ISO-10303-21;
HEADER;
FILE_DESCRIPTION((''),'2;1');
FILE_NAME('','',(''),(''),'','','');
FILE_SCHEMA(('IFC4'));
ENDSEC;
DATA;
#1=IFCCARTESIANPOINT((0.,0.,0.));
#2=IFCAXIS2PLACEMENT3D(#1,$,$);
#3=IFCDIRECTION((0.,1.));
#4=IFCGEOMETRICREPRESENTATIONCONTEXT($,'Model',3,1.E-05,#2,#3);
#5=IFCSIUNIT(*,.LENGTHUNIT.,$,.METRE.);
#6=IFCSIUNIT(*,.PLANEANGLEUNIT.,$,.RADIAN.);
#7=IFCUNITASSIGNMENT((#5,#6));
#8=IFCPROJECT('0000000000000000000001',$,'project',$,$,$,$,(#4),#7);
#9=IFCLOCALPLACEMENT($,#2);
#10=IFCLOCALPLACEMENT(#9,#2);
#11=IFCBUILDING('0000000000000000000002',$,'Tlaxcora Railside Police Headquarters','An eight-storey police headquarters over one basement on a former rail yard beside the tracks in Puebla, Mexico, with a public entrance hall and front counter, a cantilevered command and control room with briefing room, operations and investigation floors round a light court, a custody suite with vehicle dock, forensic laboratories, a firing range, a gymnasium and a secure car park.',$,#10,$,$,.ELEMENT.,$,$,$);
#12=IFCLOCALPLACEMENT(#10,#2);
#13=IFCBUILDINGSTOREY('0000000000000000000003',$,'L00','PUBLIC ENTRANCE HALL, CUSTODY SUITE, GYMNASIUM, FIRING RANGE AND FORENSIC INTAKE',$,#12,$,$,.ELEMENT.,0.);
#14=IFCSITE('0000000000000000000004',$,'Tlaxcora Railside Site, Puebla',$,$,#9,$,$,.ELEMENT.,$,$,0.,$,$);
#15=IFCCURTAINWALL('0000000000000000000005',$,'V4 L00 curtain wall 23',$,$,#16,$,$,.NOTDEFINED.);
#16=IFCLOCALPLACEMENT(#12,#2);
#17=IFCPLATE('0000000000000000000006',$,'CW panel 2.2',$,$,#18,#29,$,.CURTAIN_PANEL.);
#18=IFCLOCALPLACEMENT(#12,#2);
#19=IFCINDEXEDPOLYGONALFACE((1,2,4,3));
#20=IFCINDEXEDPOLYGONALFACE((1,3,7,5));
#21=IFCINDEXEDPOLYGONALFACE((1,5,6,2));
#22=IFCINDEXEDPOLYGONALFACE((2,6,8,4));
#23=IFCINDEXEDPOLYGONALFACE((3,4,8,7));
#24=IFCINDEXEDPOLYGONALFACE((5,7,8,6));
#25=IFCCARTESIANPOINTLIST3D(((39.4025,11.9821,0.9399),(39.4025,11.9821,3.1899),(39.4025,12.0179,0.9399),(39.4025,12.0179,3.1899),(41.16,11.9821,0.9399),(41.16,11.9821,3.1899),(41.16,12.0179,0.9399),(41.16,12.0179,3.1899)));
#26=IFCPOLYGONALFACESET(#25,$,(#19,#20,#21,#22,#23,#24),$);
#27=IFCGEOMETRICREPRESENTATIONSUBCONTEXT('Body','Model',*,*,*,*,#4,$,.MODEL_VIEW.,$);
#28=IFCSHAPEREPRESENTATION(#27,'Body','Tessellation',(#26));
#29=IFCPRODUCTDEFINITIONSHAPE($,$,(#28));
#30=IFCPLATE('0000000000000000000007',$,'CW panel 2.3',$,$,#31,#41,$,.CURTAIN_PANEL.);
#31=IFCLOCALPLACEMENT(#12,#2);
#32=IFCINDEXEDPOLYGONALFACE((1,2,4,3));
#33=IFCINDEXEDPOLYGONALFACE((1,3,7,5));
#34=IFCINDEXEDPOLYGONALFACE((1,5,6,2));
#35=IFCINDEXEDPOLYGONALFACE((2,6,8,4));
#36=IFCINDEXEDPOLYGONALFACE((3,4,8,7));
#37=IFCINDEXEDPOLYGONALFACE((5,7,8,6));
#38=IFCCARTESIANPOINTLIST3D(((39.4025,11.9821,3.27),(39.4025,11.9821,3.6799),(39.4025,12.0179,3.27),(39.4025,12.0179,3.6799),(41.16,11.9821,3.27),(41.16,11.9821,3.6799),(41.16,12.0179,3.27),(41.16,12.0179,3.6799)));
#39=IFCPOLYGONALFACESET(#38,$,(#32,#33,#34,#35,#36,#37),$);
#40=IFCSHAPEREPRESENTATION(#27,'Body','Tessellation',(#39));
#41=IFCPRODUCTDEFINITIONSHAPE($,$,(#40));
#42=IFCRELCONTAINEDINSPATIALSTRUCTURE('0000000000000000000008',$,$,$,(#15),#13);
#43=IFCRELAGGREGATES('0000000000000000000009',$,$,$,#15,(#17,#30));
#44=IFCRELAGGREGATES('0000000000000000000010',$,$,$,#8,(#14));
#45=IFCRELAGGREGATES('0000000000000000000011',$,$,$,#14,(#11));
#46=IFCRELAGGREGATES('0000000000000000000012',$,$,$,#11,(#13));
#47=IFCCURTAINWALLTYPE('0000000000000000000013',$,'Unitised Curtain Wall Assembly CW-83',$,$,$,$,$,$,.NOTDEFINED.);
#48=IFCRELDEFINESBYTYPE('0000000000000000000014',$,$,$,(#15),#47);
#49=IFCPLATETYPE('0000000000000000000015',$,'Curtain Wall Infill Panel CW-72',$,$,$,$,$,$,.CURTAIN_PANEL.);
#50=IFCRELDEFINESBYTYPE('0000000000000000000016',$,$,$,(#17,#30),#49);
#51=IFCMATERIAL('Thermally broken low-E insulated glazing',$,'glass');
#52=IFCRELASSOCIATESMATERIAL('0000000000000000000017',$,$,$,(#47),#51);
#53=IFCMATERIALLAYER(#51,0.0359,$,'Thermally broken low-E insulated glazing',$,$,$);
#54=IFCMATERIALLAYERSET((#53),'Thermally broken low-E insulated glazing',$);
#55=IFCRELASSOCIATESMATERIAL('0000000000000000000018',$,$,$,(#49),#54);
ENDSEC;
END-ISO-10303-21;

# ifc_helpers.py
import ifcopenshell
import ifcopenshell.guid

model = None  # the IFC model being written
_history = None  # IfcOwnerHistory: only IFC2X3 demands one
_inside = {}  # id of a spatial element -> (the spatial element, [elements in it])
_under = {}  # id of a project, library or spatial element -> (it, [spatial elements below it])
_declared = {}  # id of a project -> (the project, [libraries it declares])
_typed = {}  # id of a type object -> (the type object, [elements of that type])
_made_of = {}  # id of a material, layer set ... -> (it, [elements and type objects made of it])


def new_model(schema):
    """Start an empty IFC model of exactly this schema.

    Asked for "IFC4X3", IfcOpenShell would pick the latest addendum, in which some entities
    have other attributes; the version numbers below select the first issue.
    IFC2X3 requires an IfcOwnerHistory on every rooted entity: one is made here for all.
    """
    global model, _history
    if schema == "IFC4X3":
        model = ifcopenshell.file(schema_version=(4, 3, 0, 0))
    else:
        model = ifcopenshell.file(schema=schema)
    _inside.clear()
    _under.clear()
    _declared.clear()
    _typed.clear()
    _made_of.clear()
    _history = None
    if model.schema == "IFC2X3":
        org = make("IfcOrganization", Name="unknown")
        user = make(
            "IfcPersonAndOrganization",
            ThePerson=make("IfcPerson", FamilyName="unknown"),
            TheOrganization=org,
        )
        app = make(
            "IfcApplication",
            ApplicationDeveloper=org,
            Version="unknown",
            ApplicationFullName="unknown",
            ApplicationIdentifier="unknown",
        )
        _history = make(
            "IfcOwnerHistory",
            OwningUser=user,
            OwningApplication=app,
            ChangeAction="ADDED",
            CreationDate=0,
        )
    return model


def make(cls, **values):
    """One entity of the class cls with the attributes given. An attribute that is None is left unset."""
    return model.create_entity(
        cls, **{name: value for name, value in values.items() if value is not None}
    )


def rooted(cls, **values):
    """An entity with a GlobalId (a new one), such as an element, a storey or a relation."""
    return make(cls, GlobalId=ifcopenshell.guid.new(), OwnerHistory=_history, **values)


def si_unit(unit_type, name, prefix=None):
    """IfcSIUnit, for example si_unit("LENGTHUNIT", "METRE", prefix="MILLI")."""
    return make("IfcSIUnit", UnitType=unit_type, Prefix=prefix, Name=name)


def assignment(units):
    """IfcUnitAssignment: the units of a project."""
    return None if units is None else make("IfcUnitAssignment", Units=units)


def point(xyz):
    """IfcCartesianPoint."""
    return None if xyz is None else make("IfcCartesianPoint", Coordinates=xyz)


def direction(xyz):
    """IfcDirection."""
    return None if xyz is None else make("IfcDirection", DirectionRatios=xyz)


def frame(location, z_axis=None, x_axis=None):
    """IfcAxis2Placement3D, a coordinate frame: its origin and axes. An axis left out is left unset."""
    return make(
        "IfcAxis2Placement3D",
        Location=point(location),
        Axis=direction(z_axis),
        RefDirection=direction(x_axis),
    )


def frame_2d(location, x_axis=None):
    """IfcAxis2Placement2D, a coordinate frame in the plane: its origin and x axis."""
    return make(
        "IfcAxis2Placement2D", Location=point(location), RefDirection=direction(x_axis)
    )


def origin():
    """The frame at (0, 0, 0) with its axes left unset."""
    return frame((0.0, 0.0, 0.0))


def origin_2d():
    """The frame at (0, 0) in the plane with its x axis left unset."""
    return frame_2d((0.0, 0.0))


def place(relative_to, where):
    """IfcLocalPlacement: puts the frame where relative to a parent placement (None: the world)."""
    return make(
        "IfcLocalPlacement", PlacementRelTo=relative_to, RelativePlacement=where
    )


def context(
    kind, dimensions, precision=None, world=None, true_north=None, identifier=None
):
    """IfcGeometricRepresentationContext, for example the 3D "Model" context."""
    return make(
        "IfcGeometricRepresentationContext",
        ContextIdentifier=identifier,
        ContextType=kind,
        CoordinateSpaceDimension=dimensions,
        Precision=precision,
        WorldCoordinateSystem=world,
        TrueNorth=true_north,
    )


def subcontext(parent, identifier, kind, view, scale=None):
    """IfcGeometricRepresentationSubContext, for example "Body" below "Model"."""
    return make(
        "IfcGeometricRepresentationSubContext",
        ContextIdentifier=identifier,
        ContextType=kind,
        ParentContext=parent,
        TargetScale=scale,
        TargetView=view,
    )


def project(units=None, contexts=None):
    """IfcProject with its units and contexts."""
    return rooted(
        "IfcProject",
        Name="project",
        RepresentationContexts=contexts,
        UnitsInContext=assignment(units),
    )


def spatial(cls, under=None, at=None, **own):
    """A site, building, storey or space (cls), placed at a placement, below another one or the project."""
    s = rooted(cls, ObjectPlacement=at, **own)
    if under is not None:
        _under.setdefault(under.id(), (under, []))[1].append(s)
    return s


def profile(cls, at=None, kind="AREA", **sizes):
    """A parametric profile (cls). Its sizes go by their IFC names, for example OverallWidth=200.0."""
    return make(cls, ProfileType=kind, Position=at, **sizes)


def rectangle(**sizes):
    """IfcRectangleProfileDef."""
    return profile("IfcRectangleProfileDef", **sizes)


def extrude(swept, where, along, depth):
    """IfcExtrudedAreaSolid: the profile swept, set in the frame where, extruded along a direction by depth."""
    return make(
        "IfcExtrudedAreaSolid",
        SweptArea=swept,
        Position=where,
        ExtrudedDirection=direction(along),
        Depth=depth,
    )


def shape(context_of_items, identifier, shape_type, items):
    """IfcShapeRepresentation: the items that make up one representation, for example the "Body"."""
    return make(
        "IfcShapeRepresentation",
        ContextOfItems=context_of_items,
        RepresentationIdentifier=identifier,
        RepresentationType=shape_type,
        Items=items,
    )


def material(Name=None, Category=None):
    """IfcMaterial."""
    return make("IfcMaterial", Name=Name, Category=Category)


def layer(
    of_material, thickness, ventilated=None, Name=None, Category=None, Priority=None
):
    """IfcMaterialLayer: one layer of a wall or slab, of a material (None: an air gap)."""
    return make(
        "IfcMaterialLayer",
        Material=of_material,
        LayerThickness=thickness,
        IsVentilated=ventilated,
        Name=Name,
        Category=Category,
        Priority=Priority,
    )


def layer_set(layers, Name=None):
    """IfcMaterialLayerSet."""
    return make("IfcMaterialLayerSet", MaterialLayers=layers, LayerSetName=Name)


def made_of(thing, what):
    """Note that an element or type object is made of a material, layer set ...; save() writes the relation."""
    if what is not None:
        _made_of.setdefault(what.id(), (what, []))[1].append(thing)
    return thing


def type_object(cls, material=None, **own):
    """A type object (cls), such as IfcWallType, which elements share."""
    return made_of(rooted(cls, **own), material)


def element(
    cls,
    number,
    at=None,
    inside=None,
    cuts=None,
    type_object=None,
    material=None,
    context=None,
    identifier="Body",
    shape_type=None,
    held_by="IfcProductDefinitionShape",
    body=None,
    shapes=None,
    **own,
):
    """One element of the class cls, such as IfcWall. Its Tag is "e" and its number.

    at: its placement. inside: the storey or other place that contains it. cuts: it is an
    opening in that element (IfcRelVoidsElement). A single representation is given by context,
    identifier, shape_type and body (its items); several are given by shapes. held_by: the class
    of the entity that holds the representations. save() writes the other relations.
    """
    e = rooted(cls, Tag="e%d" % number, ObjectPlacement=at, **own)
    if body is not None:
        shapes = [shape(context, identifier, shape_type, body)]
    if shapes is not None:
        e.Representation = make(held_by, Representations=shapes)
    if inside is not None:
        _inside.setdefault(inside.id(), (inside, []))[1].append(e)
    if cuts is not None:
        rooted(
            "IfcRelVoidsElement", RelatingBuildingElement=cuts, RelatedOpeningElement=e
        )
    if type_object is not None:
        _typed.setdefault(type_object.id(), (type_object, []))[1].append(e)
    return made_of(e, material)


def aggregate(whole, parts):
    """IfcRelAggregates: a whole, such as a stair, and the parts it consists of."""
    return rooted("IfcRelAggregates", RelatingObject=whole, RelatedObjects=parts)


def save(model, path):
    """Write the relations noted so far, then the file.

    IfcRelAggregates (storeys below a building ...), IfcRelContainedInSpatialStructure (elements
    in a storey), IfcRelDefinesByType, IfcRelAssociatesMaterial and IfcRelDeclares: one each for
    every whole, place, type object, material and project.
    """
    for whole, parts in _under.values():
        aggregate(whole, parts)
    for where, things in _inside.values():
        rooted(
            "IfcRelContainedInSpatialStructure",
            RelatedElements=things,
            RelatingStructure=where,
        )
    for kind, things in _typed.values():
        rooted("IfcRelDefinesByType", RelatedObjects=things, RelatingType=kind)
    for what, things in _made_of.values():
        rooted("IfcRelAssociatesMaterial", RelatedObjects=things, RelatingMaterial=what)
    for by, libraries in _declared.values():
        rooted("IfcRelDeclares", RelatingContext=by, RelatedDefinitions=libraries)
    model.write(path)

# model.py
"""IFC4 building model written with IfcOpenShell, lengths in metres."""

from ifc_helpers import new_model, si_unit, direction, frame, origin, origin_2d, place, context, subcontext, project, spatial, rectangle, extrude, material, layer, layer_set, type_object, element, aggregate, save


model = new_model("IFC4")

# Units and contexts
model_context = context("Model", 3, precision=1e-05, world=origin(), true_north=direction((0.0, 1.0)))
body_context = subcontext(model_context, "Body", "Model", "MODEL_VIEW")
ifc_project = project(units=[si_unit("LENGTHUNIT", "METRE"), si_unit("PLANEANGLEUNIT", "RADIAN")], contexts=[model_context])

# Site, building, storey
site_placement = place(None, origin())
site = spatial("IfcSite", under=ifc_project, at=site_placement, Name="Tlaxcora Railside Site, Puebla", CompositionType="ELEMENT", RefElevation=0.0)
building_placement = place(site_placement, origin())
building = spatial("IfcBuilding", under=site, at=building_placement, Name="Tlaxcora Railside Police Headquarters", Description="An eight-storey police headquarters over one basement on a former rail yard beside the tracks in Puebla, Mexico, with a public entrance hall and front counter, a cantilevered command and control room with briefing room, operations and investigation floors round a light court, a custody suite with vehicle dock, forensic laboratories, a firing range, a gymnasium and a secure car park.", CompositionType="ELEMENT")
storey_placement = place(building_placement, origin())
storey = spatial("IfcBuildingStorey", under=building, at=storey_placement, Name="L00", Description="PUBLIC ENTRANCE HALL, CUSTODY SUITE, GYMNASIUM, FIRING RANGE AND FORENSIC INTAKE", CompositionType="ELEMENT", Elevation=0.0)

# Curtain wall
ifc_material_1 = material(Name="Thermally broken low-E insulated glazing", Category="glass")
curtain_wall_type = type_object("IfcCurtainWallType", Name="Unitised Curtain Wall Assembly CW-83", PredefinedType="NOTDEFINED", material=ifc_material_1)
curtain_wall_placement = place(storey_placement, origin())
curtain_wall = element("IfcCurtainWall", 1, at=curtain_wall_placement, inside=storey, type_object=curtain_wall_type, Name="V4 L00 curtain wall 23", PredefinedType="NOTDEFINED")

# Plates
ifc_layer_1 = layer(ifc_material_1, 0.0359, Name="Thermally broken low-E insulated glazing")
ifc_layer_set_1 = layer_set([ifc_layer_1], Name="Thermally broken low-E insulated glazing")
plate_type = type_object("IfcPlateType", Name="Curtain Wall Infill Panel CW-72", PredefinedType="CURTAIN_PANEL", material=ifc_layer_set_1)
plate_1_placement = place(storey_placement, frame((40.2812, 12.0, 0.9399), z_axis=(0.0, 0.0, 1.0), x_axis=(1.0, 0.0, 0.0)))
plate_1 = element("IfcPlate", 2, at=plate_1_placement, type_object=plate_type, Name="CW panel 2.2", PredefinedType="CURTAIN_PANEL", context=body_context, shape_type="SweptSolid", body=[
    extrude(rectangle(XDim=1.7576, YDim=0.0359, at=origin_2d()), origin(), (0.0, 0.0, 1.0), 2.25),
])
plate_2_placement = place(storey_placement, frame((40.2812, 12.0, 3.27), z_axis=(0.0, 0.0, 1.0), x_axis=(1.0, 0.0, 0.0)))
plate_2 = element("IfcPlate", 3, at=plate_2_placement, type_object=plate_type, Name="CW panel 2.3", PredefinedType="CURTAIN_PANEL", context=body_context, shape_type="SweptSolid", body=[
    extrude(rectangle(XDim=1.7576, YDim=0.0359, at=origin_2d()), origin(), (0.0, 0.0, 1.0), 0.4099),
])
aggregate(curtain_wall, [plate_1, plate_2])

save(model, "model.ifc")
